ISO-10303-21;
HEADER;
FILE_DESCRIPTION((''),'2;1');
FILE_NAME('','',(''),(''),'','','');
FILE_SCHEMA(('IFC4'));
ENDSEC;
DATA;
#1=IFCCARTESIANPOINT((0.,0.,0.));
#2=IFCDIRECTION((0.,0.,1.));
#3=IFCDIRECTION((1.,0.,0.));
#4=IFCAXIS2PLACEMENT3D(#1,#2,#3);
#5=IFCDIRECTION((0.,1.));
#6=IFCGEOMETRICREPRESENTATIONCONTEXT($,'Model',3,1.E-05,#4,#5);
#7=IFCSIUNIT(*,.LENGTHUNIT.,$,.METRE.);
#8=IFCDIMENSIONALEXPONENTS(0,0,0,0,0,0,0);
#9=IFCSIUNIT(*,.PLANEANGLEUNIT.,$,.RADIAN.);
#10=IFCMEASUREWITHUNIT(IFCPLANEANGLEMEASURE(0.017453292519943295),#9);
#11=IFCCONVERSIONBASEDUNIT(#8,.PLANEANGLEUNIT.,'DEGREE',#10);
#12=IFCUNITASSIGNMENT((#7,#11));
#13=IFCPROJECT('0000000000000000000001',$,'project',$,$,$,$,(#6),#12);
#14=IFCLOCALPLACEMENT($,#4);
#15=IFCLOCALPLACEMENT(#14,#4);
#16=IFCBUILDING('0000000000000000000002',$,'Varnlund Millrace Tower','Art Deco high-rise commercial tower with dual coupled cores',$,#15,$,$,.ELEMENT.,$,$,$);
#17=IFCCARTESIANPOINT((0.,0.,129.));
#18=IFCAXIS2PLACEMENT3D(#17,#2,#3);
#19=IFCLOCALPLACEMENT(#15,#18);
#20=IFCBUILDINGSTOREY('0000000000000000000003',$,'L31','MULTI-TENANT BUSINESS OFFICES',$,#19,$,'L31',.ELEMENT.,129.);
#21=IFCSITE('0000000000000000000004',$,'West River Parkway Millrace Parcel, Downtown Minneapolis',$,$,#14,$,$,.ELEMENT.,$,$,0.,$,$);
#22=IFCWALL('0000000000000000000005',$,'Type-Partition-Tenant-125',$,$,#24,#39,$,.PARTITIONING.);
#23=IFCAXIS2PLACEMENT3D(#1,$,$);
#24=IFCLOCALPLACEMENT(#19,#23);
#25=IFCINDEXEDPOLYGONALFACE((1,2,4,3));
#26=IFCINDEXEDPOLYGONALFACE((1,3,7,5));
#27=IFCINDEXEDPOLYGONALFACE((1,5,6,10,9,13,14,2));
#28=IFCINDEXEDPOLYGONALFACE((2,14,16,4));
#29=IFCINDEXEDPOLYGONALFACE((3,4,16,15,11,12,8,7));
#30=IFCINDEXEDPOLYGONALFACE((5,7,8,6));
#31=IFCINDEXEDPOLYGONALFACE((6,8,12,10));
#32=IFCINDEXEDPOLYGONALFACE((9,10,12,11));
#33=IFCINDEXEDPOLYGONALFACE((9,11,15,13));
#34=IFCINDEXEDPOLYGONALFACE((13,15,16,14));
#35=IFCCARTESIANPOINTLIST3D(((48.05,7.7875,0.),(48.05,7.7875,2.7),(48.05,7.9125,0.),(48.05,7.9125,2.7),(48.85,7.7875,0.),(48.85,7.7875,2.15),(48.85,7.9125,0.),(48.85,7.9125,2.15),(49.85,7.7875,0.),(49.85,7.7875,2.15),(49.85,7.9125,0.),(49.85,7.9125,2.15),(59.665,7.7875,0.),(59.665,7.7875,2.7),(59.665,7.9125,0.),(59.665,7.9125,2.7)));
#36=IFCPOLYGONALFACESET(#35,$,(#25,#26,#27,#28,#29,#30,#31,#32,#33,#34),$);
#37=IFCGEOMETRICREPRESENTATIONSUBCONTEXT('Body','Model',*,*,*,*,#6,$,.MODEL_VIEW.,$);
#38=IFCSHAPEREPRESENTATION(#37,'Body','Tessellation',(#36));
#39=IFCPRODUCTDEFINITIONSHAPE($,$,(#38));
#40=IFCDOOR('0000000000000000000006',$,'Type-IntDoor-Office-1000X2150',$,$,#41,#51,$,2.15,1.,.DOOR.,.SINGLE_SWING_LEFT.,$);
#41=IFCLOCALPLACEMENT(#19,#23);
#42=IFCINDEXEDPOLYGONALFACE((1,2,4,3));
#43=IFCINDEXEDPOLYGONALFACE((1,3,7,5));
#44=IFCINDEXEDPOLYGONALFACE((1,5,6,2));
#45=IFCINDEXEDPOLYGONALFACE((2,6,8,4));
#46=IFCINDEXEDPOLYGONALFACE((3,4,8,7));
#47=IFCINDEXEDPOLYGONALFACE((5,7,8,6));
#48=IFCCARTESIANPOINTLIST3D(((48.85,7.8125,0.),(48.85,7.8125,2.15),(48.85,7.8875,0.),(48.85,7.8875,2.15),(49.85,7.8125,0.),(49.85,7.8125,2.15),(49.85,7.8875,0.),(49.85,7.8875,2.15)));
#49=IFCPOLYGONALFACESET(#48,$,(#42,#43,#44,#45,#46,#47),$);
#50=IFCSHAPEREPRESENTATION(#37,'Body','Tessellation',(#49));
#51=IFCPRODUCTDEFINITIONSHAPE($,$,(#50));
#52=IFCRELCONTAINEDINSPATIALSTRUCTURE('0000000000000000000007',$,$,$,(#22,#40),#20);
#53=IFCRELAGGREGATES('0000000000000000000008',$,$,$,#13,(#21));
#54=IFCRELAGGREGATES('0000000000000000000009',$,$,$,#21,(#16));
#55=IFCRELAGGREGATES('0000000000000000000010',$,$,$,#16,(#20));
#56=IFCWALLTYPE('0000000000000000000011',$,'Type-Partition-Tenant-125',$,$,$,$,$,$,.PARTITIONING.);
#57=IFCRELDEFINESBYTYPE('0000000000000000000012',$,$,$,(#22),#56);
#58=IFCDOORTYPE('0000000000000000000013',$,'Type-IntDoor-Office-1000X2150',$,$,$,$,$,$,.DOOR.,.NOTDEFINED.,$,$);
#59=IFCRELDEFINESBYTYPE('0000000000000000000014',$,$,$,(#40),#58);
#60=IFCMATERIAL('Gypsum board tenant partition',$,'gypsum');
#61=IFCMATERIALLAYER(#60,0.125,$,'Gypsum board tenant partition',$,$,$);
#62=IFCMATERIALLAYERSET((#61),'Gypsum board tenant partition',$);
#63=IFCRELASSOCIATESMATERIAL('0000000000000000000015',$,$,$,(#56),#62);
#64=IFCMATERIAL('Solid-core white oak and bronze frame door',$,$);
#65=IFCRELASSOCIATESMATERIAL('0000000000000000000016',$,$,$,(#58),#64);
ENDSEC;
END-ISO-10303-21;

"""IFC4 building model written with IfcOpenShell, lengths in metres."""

from ifc_helpers import new_model, entity, si_unit, converted_unit, direction, frame, origin_with_axes, origin_2d_with_axis, place, context, subcontext, project, spatial, polyline, rectangle, outline, extrude, material, layer, layer_set, type_object, element, fill, save


model = new_model("IFC4")

# Units and contexts
model_context = context("Model", 3, precision=1e-05, world=origin_with_axes(), true_north=direction((0.0, 1.0)))
body_context = subcontext(model_context, "Body", "Model", "MODEL_VIEW")
ifc_project = project(units=[si_unit("LENGTHUNIT", "METRE"), converted_unit("PLANEANGLEUNIT", "DEGREE", entity("IfcPlaneAngleMeasure", 0.017453292519943295), si_unit("PLANEANGLEUNIT", "RADIAN"), dimensions=[0, 0, 0, 0, 0, 0, 0])], contexts=[model_context])

# Site, building, storey
site_placement = place(None, origin_with_axes())
site = spatial("IfcSite", under=ifc_project, at=site_placement, Name="West River Parkway Millrace Parcel, Downtown Minneapolis", CompositionType="ELEMENT", RefElevation=0.0)
building_placement = place(site_placement, origin_with_axes())
building = spatial("IfcBuilding", under=site, at=building_placement, Name="Varnlund Millrace Tower", Description="Art Deco high-rise commercial tower with dual coupled cores", CompositionType="ELEMENT")
storey_placement = place(building_placement, frame((0.0, 0.0, 129.0), z_axis=(0.0, 0.0, 1.0), x_axis=(1.0, 0.0, 0.0)))
storey = spatial("IfcBuildingStorey", under=building, at=storey_placement, Name="L31", Description="MULTI-TENANT BUSINESS OFFICES", LongName="L31", CompositionType="ELEMENT", Elevation=129.0)

# Wall, opening, door
ifc_material_1 = material(Name="Gypsum board tenant partition", Category="gypsum")
ifc_layer_1 = layer(ifc_material_1, 0.125, Name="Gypsum board tenant partition")
ifc_layer_set_1 = layer_set([ifc_layer_1], Name="Gypsum board tenant partition")
wall_type_1 = type_object("IfcWallType", Name="Type-Partition-Tenant-125", PredefinedType="PARTITIONING", material=ifc_layer_set_1)
wall_1_placement = place(storey_placement, frame((59.665, 7.85, 0.0), z_axis=(0.0, 0.0, 1.0), x_axis=(-1.0, 0.0, 0.0)))
wall_1 = element("IfcWall", 1, at=wall_1_placement, inside=storey, type_object=wall_type_1, Name="Type-Partition-Tenant-125", PredefinedType="PARTITIONING", context=body_context, shape_type="SweptSolid", body=[
    extrude(outline(polyline([(0.0, -0.0625), (11.615, -0.0625), (11.615, 0.0625), (0.0, 0.0625), (0.0, -0.0625)])), origin_with_axes(), (0.0, 0.0, 1.0), 2.7),
])
opening_1_placement = place(wall_1_placement, frame((10.315, 0.0, 0.0), z_axis=(0.0, 0.0, 1.0), x_axis=(1.0, 0.0, 0.0)))
opening_1 = element("IfcOpeningElement", 2, at=opening_1_placement, cuts=wall_1, PredefinedType="OPENING", context=body_context, shape_type="SweptSolid", body=[
    extrude(rectangle(XDim=1.0, YDim=0.145, at=origin_2d_with_axis()), origin_with_axes(), (0.0, 0.0, 1.0), 2.15),
])
ifc_material_2 = material(Name="Solid-core white oak and bronze frame door")
door_type = type_object("IfcDoorType", Name="Type-IntDoor-Office-1000X2150", OperationType="NOTDEFINED", PredefinedType="DOOR", material=ifc_material_2)
door_placement = place(wall_1_placement, frame((10.315, 0.0, 0.0), z_axis=(0.0, 0.0, 1.0), x_axis=(1.0, 0.0, 0.0)))
door = element("IfcDoor", 3, at=door_placement, inside=storey, type_object=door_type, Name="Type-IntDoor-Office-1000X2150", OperationType="SINGLE_SWING_LEFT", OverallHeight=2.15, OverallWidth=1.0, PredefinedType="DOOR", context=body_context, shape_type="SweptSolid", body=[
    extrude(rectangle(XDim=1.0, YDim=0.075, at=origin_2d_with_axis()), origin_with_axes(), (0.0, 0.0, 1.0), 2.15),
])
fill(opening_1, door)

save(model, "model.ifc")
